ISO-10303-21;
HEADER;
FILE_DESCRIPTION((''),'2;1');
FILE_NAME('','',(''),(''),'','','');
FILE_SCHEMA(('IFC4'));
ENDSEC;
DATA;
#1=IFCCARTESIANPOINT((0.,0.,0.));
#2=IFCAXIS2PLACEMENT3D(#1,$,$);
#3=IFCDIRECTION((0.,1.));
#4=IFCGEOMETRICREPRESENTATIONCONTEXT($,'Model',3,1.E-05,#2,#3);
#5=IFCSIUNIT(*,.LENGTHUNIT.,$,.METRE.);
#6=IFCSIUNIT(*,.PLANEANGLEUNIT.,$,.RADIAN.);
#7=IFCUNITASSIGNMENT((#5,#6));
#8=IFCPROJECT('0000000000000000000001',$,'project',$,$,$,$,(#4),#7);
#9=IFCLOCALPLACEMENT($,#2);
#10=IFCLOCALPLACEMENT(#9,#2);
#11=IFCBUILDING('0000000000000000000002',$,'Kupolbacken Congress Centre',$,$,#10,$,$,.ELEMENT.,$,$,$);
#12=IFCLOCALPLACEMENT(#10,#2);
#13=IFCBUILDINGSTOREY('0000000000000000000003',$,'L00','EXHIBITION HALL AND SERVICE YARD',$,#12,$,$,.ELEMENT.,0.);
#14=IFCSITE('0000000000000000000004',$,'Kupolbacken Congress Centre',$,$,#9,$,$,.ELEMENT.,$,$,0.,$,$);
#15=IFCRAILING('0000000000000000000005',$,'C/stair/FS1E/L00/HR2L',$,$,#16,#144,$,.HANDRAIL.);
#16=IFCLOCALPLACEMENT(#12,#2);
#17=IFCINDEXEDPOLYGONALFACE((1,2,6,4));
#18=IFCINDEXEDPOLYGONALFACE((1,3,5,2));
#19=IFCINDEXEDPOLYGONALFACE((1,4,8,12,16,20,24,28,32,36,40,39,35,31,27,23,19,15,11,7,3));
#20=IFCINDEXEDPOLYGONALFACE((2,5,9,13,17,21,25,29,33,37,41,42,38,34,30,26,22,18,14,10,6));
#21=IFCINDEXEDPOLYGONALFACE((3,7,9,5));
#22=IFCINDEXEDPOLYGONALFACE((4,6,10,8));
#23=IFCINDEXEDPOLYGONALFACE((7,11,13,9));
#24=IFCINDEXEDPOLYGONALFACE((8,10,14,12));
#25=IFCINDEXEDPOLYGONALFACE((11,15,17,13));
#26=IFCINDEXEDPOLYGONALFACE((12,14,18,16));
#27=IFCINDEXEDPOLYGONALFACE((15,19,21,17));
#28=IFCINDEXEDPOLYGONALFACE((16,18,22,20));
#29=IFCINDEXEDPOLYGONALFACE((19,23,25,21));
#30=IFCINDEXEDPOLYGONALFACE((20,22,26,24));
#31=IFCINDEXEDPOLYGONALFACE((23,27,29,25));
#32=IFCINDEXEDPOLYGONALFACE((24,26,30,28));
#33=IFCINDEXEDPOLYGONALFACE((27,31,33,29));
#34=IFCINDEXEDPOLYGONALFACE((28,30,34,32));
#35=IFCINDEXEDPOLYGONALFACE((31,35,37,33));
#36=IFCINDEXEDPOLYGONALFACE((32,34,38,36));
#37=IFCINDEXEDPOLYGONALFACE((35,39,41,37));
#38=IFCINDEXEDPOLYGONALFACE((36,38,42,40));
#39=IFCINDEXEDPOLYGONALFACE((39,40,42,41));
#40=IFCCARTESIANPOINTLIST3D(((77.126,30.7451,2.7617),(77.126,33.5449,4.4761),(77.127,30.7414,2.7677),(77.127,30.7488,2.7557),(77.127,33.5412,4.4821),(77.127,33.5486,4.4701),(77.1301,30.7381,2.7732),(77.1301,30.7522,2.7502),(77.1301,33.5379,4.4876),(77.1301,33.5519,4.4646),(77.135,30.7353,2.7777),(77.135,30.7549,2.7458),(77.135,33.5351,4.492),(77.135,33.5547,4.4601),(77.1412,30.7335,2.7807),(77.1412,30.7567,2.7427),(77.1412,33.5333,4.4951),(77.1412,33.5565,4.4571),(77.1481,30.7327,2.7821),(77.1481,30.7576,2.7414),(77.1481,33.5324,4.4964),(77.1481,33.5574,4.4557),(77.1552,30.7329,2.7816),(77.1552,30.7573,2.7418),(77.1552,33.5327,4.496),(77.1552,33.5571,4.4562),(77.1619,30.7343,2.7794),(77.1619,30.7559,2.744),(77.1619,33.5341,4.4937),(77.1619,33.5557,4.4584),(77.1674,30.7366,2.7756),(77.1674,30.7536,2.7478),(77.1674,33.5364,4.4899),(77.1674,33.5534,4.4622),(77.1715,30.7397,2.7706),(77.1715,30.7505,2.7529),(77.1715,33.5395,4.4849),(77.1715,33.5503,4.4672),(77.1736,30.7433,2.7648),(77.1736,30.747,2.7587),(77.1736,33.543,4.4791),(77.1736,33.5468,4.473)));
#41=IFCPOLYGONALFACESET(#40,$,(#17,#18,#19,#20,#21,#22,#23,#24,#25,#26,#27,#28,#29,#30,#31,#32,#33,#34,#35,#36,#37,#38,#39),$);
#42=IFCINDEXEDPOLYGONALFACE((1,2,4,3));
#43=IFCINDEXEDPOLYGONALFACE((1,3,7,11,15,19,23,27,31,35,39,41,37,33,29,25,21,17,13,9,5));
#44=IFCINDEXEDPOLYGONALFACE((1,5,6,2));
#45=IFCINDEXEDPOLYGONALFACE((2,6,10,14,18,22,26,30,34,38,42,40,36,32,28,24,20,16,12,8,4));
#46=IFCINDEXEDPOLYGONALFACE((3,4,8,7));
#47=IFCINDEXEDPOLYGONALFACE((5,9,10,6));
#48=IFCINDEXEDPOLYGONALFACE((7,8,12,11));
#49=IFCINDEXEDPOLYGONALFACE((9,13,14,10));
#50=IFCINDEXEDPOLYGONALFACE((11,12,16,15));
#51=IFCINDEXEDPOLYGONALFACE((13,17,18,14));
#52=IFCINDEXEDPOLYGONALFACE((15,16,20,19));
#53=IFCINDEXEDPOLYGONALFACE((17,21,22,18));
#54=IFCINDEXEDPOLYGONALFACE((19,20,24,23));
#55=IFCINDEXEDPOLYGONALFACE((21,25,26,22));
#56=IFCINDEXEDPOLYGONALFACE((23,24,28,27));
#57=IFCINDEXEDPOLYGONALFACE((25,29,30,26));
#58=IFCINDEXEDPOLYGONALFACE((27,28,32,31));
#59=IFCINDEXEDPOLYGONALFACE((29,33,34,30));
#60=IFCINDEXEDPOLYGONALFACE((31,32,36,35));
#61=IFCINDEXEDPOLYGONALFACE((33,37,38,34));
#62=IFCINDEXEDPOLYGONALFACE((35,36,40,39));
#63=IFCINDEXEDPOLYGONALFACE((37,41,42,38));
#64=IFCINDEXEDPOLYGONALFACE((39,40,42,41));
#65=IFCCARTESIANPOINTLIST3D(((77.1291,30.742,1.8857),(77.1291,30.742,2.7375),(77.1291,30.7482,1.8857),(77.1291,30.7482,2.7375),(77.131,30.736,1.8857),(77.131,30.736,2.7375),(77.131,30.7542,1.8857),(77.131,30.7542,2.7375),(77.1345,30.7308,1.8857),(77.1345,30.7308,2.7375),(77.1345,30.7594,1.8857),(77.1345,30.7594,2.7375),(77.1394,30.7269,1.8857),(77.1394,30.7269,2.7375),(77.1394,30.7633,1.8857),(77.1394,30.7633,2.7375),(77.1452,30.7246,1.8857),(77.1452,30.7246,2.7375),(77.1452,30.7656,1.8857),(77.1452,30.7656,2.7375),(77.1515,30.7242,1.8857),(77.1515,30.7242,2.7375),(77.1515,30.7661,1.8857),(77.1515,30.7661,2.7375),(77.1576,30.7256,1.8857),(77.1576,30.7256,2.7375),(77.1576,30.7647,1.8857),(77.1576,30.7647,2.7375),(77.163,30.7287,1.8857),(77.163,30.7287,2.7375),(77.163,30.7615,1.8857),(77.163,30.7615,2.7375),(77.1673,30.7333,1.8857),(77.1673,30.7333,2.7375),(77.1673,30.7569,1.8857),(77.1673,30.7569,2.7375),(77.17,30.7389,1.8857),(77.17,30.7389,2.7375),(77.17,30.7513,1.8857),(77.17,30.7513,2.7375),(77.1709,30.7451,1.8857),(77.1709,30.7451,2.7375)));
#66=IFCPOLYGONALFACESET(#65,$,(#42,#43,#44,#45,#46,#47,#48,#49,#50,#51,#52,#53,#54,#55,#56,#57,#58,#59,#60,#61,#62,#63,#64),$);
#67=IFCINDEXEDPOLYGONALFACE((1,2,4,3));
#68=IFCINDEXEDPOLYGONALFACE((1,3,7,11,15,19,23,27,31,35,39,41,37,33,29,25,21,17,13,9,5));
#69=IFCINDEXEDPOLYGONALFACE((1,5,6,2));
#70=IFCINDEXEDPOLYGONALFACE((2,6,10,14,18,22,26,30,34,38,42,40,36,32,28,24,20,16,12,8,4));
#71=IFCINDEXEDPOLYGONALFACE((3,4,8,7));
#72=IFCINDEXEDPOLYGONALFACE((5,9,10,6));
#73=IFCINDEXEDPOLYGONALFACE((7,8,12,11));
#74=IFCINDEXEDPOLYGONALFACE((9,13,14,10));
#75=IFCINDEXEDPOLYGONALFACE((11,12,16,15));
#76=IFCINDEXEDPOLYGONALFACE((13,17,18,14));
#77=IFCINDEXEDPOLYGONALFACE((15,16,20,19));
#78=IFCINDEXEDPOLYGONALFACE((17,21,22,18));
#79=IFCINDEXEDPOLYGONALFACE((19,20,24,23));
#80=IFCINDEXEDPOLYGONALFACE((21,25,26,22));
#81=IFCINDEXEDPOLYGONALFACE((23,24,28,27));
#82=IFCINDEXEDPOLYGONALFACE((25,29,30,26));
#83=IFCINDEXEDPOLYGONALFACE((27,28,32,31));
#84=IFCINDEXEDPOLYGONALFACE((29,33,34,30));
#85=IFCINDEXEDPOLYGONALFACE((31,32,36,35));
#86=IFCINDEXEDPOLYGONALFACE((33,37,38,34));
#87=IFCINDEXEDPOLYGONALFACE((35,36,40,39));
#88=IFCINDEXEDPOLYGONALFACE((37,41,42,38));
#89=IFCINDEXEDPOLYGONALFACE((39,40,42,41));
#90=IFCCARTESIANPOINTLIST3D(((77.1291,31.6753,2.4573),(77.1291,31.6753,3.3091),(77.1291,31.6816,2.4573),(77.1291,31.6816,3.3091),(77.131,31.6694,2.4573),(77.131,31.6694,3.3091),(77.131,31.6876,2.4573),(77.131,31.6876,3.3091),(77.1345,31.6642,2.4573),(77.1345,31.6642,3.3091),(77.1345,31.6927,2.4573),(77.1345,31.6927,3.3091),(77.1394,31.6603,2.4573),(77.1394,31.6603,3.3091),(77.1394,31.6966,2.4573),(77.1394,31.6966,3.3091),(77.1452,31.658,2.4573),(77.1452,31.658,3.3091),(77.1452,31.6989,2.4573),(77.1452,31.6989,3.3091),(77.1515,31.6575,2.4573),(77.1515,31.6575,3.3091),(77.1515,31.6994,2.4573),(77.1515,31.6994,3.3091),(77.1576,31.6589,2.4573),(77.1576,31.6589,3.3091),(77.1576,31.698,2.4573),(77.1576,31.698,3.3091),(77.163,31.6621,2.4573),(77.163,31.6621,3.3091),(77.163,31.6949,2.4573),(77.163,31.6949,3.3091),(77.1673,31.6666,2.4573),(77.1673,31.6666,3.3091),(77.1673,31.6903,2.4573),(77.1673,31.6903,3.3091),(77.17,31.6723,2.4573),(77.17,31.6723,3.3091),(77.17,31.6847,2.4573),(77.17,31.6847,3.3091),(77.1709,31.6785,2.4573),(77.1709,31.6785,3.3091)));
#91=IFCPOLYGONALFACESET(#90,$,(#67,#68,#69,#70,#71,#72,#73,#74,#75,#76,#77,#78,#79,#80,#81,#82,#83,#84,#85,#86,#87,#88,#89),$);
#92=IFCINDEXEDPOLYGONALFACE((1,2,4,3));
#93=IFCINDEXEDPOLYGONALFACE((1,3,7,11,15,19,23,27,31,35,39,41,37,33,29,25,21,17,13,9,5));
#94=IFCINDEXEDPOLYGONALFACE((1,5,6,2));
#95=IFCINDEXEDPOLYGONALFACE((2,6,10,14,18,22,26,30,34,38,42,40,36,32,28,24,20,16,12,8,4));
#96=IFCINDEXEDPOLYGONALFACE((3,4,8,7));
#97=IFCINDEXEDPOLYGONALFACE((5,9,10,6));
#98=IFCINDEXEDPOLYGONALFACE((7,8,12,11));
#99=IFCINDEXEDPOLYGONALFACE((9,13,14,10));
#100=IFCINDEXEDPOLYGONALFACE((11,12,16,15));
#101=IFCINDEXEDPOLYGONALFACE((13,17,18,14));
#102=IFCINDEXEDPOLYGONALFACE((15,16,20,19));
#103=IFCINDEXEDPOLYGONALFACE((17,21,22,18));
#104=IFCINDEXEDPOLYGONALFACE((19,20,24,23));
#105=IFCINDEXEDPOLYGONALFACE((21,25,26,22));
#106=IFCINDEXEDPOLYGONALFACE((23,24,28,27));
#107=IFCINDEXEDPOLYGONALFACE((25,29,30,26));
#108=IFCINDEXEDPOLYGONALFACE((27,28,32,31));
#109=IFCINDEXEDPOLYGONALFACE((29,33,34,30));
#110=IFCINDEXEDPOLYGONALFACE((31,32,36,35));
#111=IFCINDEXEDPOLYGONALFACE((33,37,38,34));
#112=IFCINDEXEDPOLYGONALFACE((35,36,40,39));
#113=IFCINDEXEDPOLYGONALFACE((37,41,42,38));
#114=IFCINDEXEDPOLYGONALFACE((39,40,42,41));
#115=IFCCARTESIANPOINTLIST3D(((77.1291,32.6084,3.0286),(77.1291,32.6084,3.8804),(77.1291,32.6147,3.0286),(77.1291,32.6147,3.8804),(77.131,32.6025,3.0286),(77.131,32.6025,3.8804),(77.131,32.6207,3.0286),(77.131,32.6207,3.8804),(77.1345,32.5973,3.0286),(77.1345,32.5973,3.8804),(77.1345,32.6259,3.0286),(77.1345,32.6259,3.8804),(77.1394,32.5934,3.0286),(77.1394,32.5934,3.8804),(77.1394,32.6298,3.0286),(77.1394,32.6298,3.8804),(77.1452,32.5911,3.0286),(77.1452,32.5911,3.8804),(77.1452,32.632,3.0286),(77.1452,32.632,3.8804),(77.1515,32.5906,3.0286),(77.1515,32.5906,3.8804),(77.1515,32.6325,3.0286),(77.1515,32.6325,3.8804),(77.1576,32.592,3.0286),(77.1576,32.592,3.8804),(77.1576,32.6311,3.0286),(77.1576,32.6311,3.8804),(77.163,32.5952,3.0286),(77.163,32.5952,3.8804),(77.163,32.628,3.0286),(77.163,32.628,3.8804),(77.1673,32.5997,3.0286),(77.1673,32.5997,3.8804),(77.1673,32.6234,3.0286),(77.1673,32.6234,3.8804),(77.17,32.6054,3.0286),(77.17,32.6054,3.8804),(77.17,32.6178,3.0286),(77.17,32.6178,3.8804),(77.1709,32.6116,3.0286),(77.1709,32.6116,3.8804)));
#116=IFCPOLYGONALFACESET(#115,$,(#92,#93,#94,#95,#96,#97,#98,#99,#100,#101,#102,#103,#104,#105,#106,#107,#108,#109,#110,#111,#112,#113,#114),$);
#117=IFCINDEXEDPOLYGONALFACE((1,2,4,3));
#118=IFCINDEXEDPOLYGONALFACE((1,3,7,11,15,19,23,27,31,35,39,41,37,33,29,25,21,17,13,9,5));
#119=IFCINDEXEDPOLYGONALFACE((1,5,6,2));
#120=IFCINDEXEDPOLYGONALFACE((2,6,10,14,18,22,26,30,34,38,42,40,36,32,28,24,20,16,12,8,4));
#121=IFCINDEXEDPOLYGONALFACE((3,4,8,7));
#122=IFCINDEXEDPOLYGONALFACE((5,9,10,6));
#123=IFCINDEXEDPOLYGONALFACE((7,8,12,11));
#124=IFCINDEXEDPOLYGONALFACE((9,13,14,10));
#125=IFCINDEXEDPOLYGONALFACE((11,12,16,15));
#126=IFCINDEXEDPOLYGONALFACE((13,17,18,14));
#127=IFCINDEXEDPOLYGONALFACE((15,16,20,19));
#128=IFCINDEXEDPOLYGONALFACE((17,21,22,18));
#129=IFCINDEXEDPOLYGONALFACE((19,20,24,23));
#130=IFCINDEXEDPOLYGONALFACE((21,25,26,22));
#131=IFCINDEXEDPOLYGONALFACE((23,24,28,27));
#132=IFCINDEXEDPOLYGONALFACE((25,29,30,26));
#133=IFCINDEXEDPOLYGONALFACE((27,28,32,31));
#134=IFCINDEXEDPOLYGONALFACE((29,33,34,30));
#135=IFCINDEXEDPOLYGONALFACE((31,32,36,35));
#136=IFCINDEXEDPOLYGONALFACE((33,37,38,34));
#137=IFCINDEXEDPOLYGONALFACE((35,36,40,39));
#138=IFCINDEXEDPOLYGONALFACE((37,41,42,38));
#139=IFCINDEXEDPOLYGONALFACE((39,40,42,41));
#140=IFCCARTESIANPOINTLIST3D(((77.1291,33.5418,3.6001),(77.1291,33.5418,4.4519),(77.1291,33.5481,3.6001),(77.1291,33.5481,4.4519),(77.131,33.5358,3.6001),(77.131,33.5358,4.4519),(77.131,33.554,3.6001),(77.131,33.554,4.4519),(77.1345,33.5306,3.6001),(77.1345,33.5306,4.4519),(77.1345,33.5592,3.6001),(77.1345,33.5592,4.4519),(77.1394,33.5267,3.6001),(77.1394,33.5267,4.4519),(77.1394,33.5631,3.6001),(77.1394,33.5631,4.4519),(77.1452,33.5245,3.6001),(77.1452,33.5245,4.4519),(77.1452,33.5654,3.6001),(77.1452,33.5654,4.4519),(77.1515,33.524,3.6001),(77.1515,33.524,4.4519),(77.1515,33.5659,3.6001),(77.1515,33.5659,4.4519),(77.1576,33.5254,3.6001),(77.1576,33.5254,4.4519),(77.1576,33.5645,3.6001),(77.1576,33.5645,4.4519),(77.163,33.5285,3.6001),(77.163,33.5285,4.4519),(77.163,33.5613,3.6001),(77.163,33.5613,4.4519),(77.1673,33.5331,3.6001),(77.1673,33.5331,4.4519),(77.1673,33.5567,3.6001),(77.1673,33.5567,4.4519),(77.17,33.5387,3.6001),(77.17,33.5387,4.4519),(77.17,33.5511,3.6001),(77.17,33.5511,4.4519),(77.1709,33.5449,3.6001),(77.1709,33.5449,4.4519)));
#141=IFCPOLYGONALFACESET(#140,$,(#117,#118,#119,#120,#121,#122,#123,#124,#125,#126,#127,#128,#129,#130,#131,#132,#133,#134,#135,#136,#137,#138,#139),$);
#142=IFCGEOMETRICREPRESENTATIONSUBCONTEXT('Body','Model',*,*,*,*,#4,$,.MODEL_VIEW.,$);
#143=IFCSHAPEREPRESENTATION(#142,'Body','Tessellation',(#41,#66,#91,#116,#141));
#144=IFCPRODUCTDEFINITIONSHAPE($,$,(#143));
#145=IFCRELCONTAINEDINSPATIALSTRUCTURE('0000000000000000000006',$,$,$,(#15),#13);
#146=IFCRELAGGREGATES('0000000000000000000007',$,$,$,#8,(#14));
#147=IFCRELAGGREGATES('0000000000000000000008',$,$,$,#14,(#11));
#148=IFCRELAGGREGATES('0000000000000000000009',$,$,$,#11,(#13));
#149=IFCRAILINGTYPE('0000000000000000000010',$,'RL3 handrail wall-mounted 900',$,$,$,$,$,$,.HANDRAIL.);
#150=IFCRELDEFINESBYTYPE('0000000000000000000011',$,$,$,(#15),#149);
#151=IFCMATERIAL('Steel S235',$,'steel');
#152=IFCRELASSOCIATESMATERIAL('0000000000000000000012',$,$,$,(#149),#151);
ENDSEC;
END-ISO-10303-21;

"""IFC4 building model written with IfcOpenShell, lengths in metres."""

from ifc_helpers import new_model, si_unit, direction, frame, origin, origin_2d, place, context, subcontext, project, spatial, circle, extrude, material, type_object, element, save


model = new_model("IFC4")

# Units and contexts
model_context = context("Model", 3, precision=1e-05, world=origin(), true_north=direction((0.0, 1.0)))
body_context = subcontext(model_context, "Body", "Model", "MODEL_VIEW")
ifc_project = project(units=[si_unit("LENGTHUNIT", "METRE"), si_unit("PLANEANGLEUNIT", "RADIAN")], contexts=[model_context])

# Site, building, storey
site_placement = place(None, origin())
site = spatial("IfcSite", under=ifc_project, at=site_placement, Name="Kupolbacken Congress Centre", CompositionType="ELEMENT", RefElevation=0.0)
building_placement = place(site_placement, origin())
building = spatial("IfcBuilding", under=site, at=building_placement, Name="Kupolbacken Congress Centre", CompositionType="ELEMENT")
storey_placement = place(building_placement, origin())
storey = spatial("IfcBuildingStorey", under=building, at=storey_placement, Name="L00", Description="EXHIBITION HALL AND SERVICE YARD", CompositionType="ELEMENT", Elevation=0.0)

# Railing
ifc_material_1 = material(Name="Steel S235", Category="steel")
railing_type = type_object("IfcRailingType", Name="RL3 handrail wall-mounted 900", PredefinedType="HANDRAIL", material=ifc_material_1)
for number, where, name in (
    (1, (77.1499, 30.7451, 1.8857), "C/stair/FS1E/L00/HR2L"),
):
    element("IfcRailing", number, at=place(storey_placement, frame(where)), inside=storey, type_object=railing_type, Name=name, PredefinedType="HANDRAIL", context=body_context, shape_type="SweptSolid", body=[
        extrude(circle(Radius=0.0239, at=origin_2d()), frame((0.0, 0.0, 0.876), z_axis=(0.0, 0.852826, 0.522196), x_axis=(-1.0, 0.0, 0.0)), (0.0, 0.0, 1.0), 3.283),
        extrude(circle(Radius=0.021, at=origin_2d()), origin(), (0.0, 0.0, 1.0), 0.8518),
        extrude(circle(Radius=0.021, at=origin_2d()), frame((0.0, 0.9333, 0.5715)), (0.0, 0.0, 1.0), 0.8518),
        extrude(circle(Radius=0.021, at=origin_2d()), frame((0.0, 1.8665, 1.1428)), (0.0, 0.0, 1.0), 0.8518),
        extrude(circle(Radius=0.021, at=origin_2d()), frame((0.0, 2.7998, 1.7144)), (0.0, 0.0, 1.0), 0.8518),
    ])

save(model, "model.ifc")
